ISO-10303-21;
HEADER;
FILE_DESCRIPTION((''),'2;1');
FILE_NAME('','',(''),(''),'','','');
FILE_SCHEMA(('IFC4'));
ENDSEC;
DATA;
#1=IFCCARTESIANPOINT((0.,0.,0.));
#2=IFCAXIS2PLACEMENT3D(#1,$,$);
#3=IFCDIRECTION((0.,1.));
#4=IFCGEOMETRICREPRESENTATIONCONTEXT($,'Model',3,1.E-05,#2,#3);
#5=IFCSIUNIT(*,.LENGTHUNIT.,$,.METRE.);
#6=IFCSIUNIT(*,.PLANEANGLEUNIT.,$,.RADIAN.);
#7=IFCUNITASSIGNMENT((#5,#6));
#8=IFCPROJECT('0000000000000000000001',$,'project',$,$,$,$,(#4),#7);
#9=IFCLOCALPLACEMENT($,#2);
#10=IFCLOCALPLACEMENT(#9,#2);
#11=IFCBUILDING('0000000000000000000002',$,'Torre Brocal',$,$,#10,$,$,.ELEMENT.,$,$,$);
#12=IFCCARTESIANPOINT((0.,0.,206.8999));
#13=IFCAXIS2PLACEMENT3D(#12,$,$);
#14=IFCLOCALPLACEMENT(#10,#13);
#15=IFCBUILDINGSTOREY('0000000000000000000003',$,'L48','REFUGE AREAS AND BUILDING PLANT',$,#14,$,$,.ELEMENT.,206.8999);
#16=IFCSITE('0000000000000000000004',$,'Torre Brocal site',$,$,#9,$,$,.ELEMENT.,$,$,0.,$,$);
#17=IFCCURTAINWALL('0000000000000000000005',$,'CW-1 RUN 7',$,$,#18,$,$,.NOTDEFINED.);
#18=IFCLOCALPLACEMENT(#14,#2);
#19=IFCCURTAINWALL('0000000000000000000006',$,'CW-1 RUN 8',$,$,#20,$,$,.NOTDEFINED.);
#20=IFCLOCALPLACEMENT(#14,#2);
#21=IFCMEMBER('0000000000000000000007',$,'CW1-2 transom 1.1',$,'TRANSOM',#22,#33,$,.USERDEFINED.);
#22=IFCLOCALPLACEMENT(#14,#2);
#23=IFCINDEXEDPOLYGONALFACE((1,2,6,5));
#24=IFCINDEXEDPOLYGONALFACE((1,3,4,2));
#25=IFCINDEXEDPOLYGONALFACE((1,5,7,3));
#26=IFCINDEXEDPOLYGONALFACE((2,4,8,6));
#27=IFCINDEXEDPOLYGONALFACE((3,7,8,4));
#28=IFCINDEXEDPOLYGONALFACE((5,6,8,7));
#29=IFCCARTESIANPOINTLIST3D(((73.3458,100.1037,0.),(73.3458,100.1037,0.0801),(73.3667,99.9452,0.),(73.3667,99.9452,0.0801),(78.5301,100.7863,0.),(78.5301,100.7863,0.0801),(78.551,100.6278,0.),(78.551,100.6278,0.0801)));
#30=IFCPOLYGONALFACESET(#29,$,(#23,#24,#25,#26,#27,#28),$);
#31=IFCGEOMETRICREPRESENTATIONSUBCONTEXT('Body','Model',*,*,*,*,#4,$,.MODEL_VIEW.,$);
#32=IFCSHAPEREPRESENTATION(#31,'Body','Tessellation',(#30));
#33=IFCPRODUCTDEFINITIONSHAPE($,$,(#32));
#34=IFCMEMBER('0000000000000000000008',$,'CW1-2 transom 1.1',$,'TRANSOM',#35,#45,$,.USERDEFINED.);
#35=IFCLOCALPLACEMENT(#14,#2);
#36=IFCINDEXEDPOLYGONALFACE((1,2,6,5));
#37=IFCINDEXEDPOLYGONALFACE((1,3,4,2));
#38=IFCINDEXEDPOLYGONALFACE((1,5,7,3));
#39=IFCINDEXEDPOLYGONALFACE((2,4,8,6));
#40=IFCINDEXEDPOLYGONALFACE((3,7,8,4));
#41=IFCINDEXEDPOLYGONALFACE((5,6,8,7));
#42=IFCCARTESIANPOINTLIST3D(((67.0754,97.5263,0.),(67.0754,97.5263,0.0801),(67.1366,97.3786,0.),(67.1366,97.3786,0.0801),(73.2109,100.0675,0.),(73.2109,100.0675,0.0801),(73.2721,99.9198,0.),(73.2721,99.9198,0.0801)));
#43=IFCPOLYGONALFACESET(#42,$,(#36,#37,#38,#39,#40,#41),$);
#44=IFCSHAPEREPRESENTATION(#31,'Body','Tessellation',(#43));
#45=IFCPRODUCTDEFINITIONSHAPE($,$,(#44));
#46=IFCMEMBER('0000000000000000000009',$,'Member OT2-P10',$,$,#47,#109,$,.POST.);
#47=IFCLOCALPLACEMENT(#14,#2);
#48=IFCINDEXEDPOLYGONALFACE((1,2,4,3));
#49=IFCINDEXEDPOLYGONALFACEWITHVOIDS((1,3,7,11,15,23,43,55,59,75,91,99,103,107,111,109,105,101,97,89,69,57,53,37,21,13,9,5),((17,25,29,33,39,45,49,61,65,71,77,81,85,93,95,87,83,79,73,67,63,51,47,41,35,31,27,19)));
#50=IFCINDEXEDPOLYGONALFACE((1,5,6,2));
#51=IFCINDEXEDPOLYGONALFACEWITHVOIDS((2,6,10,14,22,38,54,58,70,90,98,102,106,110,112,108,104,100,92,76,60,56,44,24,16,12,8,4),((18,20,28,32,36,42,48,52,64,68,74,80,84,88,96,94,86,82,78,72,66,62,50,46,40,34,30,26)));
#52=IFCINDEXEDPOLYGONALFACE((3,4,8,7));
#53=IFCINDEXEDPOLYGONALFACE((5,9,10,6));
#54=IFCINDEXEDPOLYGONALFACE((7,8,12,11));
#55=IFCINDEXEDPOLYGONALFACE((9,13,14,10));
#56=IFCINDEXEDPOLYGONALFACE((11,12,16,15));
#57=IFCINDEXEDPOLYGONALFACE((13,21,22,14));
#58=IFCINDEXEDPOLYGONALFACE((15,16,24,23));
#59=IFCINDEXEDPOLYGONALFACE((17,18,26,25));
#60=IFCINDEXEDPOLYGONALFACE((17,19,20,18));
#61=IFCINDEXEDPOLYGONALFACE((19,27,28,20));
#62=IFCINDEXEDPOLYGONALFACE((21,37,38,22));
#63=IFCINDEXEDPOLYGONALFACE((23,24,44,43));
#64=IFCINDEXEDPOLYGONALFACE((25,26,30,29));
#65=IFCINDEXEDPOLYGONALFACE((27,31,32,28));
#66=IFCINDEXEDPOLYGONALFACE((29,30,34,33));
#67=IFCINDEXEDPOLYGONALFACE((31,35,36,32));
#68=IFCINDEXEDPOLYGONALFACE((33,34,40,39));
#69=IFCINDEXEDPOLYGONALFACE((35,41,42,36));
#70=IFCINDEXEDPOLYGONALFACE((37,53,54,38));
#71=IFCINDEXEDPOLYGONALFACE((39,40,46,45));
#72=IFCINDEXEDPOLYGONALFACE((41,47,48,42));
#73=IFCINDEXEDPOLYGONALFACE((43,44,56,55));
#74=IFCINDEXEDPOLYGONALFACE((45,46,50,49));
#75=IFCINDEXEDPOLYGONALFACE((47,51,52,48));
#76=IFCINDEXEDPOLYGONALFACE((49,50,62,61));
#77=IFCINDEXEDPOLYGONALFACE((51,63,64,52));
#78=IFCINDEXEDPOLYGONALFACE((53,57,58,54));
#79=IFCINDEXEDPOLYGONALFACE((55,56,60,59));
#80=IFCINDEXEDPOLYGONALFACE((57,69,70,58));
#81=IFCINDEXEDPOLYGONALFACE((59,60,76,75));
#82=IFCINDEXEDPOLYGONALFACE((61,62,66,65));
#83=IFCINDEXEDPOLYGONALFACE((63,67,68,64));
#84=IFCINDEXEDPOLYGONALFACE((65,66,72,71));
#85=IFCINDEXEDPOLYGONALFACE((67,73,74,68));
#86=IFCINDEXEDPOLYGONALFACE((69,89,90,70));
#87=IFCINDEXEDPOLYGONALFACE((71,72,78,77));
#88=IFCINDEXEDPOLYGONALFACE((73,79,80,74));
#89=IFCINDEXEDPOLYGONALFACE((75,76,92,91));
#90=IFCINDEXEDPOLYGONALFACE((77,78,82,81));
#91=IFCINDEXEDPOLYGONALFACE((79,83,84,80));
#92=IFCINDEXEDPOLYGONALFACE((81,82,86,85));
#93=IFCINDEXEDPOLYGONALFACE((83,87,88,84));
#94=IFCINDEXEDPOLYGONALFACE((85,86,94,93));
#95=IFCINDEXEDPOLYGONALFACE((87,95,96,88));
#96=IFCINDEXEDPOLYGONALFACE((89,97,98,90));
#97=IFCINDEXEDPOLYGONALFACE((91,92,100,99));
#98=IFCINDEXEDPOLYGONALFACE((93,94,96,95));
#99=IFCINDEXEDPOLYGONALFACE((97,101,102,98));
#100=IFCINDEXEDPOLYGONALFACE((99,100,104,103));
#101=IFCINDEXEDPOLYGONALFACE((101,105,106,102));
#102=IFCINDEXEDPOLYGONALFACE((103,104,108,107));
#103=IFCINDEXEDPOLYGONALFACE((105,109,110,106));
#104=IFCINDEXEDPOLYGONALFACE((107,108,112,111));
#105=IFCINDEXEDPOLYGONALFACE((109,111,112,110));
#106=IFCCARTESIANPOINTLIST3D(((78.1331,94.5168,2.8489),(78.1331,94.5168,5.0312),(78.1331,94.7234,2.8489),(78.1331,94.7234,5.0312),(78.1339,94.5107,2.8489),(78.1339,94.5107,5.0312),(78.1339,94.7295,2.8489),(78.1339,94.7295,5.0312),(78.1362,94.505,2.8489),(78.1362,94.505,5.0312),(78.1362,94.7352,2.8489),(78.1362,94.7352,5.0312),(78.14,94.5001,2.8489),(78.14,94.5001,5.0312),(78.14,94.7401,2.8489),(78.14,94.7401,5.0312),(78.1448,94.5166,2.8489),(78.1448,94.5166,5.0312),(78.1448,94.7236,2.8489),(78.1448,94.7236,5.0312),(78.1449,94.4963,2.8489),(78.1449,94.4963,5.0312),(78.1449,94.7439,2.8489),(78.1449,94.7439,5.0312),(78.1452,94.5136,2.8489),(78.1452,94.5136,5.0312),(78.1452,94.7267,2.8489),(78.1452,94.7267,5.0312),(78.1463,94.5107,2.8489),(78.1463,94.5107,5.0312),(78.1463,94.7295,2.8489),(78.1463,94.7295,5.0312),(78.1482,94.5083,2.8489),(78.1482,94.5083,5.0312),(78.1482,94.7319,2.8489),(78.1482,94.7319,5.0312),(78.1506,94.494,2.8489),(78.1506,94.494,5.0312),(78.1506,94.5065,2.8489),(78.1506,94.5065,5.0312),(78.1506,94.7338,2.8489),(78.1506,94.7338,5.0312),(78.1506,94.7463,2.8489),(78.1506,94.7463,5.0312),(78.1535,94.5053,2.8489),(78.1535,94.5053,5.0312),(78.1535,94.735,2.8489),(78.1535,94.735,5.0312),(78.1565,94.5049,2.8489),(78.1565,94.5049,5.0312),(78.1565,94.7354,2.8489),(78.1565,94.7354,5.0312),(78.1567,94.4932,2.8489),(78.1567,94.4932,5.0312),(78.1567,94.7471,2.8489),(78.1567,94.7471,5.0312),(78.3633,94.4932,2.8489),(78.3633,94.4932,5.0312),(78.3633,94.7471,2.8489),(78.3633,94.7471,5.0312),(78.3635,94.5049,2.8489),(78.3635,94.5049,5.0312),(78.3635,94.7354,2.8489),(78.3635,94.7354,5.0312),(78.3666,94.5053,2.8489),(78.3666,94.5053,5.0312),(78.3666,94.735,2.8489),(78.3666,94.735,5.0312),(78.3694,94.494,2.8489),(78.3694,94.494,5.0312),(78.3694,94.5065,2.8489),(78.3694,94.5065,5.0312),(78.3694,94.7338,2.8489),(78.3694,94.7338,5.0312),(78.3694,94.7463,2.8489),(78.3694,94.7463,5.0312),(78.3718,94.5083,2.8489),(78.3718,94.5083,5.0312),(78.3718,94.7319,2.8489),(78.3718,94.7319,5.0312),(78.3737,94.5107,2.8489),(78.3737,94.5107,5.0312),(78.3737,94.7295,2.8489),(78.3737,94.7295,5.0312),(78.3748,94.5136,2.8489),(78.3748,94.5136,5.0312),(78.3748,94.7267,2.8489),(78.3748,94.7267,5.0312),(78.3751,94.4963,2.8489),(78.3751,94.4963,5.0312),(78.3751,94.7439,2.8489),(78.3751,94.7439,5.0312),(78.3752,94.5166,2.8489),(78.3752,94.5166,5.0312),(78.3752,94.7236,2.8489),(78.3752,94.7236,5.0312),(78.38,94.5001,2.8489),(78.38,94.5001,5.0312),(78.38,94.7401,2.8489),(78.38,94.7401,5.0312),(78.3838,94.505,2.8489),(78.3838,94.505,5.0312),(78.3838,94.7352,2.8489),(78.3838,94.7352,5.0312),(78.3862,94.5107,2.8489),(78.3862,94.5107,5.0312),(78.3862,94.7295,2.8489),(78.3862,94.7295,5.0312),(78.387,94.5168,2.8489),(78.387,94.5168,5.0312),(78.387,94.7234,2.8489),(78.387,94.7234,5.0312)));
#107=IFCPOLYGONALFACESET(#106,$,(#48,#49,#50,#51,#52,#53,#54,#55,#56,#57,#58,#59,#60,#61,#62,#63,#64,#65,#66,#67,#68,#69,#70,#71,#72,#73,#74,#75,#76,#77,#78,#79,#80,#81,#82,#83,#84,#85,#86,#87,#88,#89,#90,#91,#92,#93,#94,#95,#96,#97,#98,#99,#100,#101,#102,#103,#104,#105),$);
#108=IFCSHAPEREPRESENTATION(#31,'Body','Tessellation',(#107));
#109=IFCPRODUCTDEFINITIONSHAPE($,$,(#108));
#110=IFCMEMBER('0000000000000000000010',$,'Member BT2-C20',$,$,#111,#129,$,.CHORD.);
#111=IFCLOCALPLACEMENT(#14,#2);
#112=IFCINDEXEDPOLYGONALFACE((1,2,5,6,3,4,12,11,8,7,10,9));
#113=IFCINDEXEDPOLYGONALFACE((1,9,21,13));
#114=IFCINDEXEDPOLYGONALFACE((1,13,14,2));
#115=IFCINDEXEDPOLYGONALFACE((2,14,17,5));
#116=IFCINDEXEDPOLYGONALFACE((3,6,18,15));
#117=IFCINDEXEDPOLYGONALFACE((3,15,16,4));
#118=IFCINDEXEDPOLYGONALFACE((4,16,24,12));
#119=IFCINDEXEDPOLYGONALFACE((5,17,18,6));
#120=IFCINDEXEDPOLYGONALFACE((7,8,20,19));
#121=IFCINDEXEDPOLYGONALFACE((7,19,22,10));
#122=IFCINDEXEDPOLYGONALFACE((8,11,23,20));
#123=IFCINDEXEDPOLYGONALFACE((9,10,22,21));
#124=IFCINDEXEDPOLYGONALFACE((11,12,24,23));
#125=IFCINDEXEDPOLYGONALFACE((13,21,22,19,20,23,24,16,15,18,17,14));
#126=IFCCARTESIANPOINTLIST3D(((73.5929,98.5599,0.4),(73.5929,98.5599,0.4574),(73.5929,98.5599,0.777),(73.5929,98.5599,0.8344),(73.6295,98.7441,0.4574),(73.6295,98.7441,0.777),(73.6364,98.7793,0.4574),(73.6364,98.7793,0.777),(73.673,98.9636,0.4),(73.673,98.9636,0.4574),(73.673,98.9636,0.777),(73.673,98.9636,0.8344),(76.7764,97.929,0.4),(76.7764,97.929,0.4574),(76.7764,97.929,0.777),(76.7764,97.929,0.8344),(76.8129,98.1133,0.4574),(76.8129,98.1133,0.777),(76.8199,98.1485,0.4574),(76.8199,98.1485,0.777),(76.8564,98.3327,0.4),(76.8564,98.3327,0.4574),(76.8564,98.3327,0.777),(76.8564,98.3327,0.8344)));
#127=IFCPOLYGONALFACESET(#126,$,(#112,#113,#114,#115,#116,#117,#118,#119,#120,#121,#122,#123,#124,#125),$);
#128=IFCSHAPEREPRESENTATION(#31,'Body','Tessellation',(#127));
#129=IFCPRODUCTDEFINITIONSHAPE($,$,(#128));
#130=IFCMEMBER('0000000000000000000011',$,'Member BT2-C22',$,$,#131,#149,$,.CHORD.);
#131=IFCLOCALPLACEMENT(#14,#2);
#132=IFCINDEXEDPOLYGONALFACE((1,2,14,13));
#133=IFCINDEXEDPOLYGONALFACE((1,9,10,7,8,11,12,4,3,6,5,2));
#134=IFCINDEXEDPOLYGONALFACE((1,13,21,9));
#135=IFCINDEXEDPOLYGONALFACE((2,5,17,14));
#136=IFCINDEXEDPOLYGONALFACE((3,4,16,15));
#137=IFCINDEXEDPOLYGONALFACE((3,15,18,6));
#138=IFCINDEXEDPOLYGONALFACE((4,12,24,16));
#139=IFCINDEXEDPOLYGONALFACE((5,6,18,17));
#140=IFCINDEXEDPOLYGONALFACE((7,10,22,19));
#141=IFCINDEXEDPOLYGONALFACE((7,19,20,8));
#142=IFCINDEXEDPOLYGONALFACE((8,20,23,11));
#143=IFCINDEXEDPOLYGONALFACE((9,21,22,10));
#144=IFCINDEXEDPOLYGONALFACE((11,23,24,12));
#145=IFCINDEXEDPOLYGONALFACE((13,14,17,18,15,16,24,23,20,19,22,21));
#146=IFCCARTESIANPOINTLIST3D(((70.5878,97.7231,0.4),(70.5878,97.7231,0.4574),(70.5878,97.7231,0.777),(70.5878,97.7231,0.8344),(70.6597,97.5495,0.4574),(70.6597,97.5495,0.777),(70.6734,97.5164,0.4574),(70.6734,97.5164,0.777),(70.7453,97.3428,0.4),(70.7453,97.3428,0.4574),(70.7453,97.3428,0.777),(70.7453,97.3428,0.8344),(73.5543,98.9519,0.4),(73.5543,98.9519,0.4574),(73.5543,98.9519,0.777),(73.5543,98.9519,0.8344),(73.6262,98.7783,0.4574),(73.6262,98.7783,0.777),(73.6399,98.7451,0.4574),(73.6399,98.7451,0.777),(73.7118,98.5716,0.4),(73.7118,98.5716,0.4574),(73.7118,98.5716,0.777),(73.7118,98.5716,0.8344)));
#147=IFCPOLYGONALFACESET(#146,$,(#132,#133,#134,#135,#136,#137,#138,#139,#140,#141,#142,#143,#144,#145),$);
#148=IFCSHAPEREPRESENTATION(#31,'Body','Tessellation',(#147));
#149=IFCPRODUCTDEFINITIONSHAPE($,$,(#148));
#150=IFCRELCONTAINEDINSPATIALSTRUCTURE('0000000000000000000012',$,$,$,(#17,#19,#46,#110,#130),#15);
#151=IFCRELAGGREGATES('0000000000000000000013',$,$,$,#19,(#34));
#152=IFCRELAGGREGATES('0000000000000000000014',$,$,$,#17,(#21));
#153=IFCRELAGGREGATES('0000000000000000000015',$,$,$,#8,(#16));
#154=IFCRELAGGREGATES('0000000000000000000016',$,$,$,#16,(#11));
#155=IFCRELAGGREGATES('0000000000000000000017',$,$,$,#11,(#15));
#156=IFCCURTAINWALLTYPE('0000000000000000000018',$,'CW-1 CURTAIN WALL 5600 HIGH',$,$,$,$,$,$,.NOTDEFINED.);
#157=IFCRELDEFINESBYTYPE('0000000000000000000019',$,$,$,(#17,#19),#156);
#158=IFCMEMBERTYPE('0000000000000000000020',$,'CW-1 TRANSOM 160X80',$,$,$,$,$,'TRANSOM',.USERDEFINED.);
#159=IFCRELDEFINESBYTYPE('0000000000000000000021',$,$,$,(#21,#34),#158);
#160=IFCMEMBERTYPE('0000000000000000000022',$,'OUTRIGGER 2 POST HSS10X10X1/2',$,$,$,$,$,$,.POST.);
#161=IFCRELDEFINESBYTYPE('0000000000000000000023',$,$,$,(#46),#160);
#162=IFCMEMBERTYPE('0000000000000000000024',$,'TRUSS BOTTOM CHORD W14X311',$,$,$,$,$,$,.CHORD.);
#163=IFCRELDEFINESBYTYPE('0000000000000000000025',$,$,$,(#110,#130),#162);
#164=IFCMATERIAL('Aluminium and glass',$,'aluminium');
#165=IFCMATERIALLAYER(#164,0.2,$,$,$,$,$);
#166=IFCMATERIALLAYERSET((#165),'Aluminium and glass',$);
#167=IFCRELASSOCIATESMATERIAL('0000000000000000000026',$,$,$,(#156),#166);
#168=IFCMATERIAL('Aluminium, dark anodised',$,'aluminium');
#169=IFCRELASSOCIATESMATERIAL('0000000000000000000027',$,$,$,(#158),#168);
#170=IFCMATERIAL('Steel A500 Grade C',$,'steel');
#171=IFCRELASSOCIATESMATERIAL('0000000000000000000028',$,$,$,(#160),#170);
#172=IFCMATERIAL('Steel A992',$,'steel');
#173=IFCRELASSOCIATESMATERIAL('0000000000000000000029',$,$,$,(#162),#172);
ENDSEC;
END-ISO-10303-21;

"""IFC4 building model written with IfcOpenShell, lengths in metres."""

from ifc_helpers import new_model, si_unit, direction, frame, origin, origin_2d, place, context, subcontext, project, spatial, rectangle, hollow_rectangle, i_section, extrude, material, layer, layer_set, material_profile, profile_set, type_object, element, aggregate, save


model = new_model("IFC4")

# Units and contexts
model_context = context("Model", 3, precision=1e-05, world=origin(), true_north=direction((0.0, 1.0)))
body_context = subcontext(model_context, "Body", "Model", "MODEL_VIEW")
ifc_project = project(units=[si_unit("LENGTHUNIT", "METRE"), si_unit("PLANEANGLEUNIT", "RADIAN")], contexts=[model_context])

# Site, building, storey
site_placement = place(None, origin())
site = spatial("IfcSite", under=ifc_project, at=site_placement, Name="Torre Brocal site", CompositionType="ELEMENT", RefElevation=0.0)
building_placement = place(site_placement, origin())
building = spatial("IfcBuilding", under=site, at=building_placement, Name="Torre Brocal", CompositionType="ELEMENT")
storey_placement = place(building_placement, frame((0.0, 0.0, 206.8999)))
storey = spatial("IfcBuildingStorey", under=building, at=storey_placement, Name="L48", Description="REFUGE AREAS AND BUILDING PLANT", CompositionType="ELEMENT", Elevation=206.8999)

# Curtain wall
ifc_material_1 = material(Name="Aluminium and glass", Category="aluminium")
ifc_layer_1 = layer(ifc_material_1, 0.2)
ifc_layer_set_1 = layer_set([ifc_layer_1], Name="Aluminium and glass")
curtain_wall_type = type_object("IfcCurtainWallType", Name="CW-1 CURTAIN WALL 5600 HIGH", PredefinedType="NOTDEFINED", material=ifc_layer_set_1)
curtain_wall_1_placement = place(storey_placement, origin())
curtain_wall_1 = element("IfcCurtainWall", 1, at=curtain_wall_1_placement, inside=storey, type_object=curtain_wall_type, Name="CW-1 RUN 7", PredefinedType="NOTDEFINED")

# Curtain wall
curtain_wall_2_placement = place(storey_placement, origin())
curtain_wall_2 = element("IfcCurtainWall", 2, at=curtain_wall_2_placement, inside=storey, type_object=curtain_wall_type, Name="CW-1 RUN 8", PredefinedType="NOTDEFINED")

# Members
ifc_material_2 = material(Name="Aluminium, dark anodised", Category="aluminium")
ifc_material_profile_1 = material_profile(ifc_material_2, rectangle(XDim=0.1599, YDim=0.0801, at=origin_2d()), Name="CW-1 TRANSOM 160X80")
ifc_profile_set_1 = profile_set([ifc_material_profile_1], Name="Aluminium, dark anodised")
member_type_1 = type_object("IfcMemberType", Name="CW-1 TRANSOM 160X80", ElementType="TRANSOM", PredefinedType="USERDEFINED", material=ifc_profile_set_1)
member_1_placement = place(storey_placement, frame((78.5405, 100.707, 0.04), z_axis=(-0.991443, -0.130543, 0.0), x_axis=(0.130543, -0.991443, 0.0)))
member_1 = element("IfcMember", 3, at=member_1_placement, type_object=member_type_1, Name="CW1-2 transom 1.1", ObjectType="TRANSOM", PredefinedType="USERDEFINED", context=body_context, shape_type="SweptSolid", body=[
    extrude(rectangle(XDim=0.1599, YDim=0.0801, at=origin_2d()), origin(), (0.0, 0.0, 1.0), 5.229),
])
member_2_placement = place(storey_placement, frame((73.2415, 99.9937, 0.04), z_axis=(-0.923887, -0.382665, 0.0), x_axis=(0.382665, -0.923887, 0.0)))
member_2 = element("IfcMember", 4, at=member_2_placement, type_object=member_type_1, Name="CW1-2 transom 1.1", ObjectType="TRANSOM", PredefinedType="USERDEFINED", context=body_context, shape_type="SweptSolid", body=[
    extrude(rectangle(XDim=0.1599, YDim=0.0801, at=origin_2d()), origin(), (0.0, 0.0, 1.0), 6.6409),
])
aggregate(curtain_wall_2, [member_2])

# Members
ifc_material_3 = material(Name="Steel A500 Grade C", Category="steel")
ifc_material_profile_2 = material_profile(ifc_material_3, hollow_rectangle(XDim=0.2539, YDim=0.2539, WallThickness=0.0117, InnerFilletRadius=0.0117, OuterFilletRadius=0.0237, at=origin_2d()), Name="HSS10X10X1/2")
ifc_profile_set_2 = profile_set([ifc_material_profile_2], Name="Steel A500 Grade C")
member_type_2 = type_object("IfcMemberType", Name="OUTRIGGER 2 POST HSS10X10X1/2", PredefinedType="POST", material=ifc_profile_set_2)
member_3_placement = place(storey_placement, frame((78.26, 94.6201, 2.8489), z_axis=(0.0, 0.0, 1.0), x_axis=(1.0, 0.0, 0.0)))
element("IfcMember", 5, at=member_3_placement, inside=storey, type_object=member_type_2, Name="Member OT2-P10", PredefinedType="POST", context=body_context, shape_type="SweptSolid", body=[
    extrude(hollow_rectangle(XDim=0.2539, YDim=0.2539, WallThickness=0.0117, InnerFilletRadius=0.0117, OuterFilletRadius=0.0237, at=origin_2d()), origin(), (0.0, 0.0, 1.0), 2.1824),
])
ifc_material_4 = material(Name="Steel A992", Category="steel")
ifc_material_profile_3 = material_profile(ifc_material_4, i_section(OverallWidth=0.4116, OverallDepth=0.4343, WebThickness=0.0359, FlangeThickness=0.0574, at=origin_2d()), Name="W14X311")
ifc_profile_set_3 = profile_set([ifc_material_profile_3], Name="Steel A992")
member_type_3 = type_object("IfcMemberType", Name="TRUSS BOTTOM CHORD W14X311", PredefinedType="CHORD", material=ifc_profile_set_3)
member_4_placement = place(storey_placement, frame((76.8164, 98.1309, 0.6172), z_axis=(-0.980923, 0.194394, 0.0), x_axis=(-0.194394, -0.980923, 0.0)))
element("IfcMember", 6, at=member_4_placement, inside=storey, type_object=member_type_3, Name="Member BT2-C20", PredefinedType="CHORD", context=body_context, shape_type="SweptSolid", body=[
    extrude(i_section(OverallWidth=0.4116, OverallDepth=0.4343, WebThickness=0.0359, FlangeThickness=0.0574, at=origin_2d()), origin(), (0.0, 0.0, 1.0), 3.2454),
])
member_5_placement = place(storey_placement, frame((73.6331, 98.7617, 0.6172), z_axis=(-0.923882, -0.382676, 0.0), x_axis=(0.382676, -0.923882, 0.0)))
element("IfcMember", 7, at=member_5_placement, inside=storey, type_object=member_type_3, Name="Member BT2-C22", PredefinedType="CHORD", context=body_context, shape_type="SweptSolid", body=[
    extrude(i_section(OverallWidth=0.4116, OverallDepth=0.4343, WebThickness=0.0359, FlangeThickness=0.0574, at=origin_2d()), origin(), (0.0, 0.0, 1.0), 3.2109),
])

aggregate(curtain_wall_1, [member_1])

save(model, "model.ifc")
